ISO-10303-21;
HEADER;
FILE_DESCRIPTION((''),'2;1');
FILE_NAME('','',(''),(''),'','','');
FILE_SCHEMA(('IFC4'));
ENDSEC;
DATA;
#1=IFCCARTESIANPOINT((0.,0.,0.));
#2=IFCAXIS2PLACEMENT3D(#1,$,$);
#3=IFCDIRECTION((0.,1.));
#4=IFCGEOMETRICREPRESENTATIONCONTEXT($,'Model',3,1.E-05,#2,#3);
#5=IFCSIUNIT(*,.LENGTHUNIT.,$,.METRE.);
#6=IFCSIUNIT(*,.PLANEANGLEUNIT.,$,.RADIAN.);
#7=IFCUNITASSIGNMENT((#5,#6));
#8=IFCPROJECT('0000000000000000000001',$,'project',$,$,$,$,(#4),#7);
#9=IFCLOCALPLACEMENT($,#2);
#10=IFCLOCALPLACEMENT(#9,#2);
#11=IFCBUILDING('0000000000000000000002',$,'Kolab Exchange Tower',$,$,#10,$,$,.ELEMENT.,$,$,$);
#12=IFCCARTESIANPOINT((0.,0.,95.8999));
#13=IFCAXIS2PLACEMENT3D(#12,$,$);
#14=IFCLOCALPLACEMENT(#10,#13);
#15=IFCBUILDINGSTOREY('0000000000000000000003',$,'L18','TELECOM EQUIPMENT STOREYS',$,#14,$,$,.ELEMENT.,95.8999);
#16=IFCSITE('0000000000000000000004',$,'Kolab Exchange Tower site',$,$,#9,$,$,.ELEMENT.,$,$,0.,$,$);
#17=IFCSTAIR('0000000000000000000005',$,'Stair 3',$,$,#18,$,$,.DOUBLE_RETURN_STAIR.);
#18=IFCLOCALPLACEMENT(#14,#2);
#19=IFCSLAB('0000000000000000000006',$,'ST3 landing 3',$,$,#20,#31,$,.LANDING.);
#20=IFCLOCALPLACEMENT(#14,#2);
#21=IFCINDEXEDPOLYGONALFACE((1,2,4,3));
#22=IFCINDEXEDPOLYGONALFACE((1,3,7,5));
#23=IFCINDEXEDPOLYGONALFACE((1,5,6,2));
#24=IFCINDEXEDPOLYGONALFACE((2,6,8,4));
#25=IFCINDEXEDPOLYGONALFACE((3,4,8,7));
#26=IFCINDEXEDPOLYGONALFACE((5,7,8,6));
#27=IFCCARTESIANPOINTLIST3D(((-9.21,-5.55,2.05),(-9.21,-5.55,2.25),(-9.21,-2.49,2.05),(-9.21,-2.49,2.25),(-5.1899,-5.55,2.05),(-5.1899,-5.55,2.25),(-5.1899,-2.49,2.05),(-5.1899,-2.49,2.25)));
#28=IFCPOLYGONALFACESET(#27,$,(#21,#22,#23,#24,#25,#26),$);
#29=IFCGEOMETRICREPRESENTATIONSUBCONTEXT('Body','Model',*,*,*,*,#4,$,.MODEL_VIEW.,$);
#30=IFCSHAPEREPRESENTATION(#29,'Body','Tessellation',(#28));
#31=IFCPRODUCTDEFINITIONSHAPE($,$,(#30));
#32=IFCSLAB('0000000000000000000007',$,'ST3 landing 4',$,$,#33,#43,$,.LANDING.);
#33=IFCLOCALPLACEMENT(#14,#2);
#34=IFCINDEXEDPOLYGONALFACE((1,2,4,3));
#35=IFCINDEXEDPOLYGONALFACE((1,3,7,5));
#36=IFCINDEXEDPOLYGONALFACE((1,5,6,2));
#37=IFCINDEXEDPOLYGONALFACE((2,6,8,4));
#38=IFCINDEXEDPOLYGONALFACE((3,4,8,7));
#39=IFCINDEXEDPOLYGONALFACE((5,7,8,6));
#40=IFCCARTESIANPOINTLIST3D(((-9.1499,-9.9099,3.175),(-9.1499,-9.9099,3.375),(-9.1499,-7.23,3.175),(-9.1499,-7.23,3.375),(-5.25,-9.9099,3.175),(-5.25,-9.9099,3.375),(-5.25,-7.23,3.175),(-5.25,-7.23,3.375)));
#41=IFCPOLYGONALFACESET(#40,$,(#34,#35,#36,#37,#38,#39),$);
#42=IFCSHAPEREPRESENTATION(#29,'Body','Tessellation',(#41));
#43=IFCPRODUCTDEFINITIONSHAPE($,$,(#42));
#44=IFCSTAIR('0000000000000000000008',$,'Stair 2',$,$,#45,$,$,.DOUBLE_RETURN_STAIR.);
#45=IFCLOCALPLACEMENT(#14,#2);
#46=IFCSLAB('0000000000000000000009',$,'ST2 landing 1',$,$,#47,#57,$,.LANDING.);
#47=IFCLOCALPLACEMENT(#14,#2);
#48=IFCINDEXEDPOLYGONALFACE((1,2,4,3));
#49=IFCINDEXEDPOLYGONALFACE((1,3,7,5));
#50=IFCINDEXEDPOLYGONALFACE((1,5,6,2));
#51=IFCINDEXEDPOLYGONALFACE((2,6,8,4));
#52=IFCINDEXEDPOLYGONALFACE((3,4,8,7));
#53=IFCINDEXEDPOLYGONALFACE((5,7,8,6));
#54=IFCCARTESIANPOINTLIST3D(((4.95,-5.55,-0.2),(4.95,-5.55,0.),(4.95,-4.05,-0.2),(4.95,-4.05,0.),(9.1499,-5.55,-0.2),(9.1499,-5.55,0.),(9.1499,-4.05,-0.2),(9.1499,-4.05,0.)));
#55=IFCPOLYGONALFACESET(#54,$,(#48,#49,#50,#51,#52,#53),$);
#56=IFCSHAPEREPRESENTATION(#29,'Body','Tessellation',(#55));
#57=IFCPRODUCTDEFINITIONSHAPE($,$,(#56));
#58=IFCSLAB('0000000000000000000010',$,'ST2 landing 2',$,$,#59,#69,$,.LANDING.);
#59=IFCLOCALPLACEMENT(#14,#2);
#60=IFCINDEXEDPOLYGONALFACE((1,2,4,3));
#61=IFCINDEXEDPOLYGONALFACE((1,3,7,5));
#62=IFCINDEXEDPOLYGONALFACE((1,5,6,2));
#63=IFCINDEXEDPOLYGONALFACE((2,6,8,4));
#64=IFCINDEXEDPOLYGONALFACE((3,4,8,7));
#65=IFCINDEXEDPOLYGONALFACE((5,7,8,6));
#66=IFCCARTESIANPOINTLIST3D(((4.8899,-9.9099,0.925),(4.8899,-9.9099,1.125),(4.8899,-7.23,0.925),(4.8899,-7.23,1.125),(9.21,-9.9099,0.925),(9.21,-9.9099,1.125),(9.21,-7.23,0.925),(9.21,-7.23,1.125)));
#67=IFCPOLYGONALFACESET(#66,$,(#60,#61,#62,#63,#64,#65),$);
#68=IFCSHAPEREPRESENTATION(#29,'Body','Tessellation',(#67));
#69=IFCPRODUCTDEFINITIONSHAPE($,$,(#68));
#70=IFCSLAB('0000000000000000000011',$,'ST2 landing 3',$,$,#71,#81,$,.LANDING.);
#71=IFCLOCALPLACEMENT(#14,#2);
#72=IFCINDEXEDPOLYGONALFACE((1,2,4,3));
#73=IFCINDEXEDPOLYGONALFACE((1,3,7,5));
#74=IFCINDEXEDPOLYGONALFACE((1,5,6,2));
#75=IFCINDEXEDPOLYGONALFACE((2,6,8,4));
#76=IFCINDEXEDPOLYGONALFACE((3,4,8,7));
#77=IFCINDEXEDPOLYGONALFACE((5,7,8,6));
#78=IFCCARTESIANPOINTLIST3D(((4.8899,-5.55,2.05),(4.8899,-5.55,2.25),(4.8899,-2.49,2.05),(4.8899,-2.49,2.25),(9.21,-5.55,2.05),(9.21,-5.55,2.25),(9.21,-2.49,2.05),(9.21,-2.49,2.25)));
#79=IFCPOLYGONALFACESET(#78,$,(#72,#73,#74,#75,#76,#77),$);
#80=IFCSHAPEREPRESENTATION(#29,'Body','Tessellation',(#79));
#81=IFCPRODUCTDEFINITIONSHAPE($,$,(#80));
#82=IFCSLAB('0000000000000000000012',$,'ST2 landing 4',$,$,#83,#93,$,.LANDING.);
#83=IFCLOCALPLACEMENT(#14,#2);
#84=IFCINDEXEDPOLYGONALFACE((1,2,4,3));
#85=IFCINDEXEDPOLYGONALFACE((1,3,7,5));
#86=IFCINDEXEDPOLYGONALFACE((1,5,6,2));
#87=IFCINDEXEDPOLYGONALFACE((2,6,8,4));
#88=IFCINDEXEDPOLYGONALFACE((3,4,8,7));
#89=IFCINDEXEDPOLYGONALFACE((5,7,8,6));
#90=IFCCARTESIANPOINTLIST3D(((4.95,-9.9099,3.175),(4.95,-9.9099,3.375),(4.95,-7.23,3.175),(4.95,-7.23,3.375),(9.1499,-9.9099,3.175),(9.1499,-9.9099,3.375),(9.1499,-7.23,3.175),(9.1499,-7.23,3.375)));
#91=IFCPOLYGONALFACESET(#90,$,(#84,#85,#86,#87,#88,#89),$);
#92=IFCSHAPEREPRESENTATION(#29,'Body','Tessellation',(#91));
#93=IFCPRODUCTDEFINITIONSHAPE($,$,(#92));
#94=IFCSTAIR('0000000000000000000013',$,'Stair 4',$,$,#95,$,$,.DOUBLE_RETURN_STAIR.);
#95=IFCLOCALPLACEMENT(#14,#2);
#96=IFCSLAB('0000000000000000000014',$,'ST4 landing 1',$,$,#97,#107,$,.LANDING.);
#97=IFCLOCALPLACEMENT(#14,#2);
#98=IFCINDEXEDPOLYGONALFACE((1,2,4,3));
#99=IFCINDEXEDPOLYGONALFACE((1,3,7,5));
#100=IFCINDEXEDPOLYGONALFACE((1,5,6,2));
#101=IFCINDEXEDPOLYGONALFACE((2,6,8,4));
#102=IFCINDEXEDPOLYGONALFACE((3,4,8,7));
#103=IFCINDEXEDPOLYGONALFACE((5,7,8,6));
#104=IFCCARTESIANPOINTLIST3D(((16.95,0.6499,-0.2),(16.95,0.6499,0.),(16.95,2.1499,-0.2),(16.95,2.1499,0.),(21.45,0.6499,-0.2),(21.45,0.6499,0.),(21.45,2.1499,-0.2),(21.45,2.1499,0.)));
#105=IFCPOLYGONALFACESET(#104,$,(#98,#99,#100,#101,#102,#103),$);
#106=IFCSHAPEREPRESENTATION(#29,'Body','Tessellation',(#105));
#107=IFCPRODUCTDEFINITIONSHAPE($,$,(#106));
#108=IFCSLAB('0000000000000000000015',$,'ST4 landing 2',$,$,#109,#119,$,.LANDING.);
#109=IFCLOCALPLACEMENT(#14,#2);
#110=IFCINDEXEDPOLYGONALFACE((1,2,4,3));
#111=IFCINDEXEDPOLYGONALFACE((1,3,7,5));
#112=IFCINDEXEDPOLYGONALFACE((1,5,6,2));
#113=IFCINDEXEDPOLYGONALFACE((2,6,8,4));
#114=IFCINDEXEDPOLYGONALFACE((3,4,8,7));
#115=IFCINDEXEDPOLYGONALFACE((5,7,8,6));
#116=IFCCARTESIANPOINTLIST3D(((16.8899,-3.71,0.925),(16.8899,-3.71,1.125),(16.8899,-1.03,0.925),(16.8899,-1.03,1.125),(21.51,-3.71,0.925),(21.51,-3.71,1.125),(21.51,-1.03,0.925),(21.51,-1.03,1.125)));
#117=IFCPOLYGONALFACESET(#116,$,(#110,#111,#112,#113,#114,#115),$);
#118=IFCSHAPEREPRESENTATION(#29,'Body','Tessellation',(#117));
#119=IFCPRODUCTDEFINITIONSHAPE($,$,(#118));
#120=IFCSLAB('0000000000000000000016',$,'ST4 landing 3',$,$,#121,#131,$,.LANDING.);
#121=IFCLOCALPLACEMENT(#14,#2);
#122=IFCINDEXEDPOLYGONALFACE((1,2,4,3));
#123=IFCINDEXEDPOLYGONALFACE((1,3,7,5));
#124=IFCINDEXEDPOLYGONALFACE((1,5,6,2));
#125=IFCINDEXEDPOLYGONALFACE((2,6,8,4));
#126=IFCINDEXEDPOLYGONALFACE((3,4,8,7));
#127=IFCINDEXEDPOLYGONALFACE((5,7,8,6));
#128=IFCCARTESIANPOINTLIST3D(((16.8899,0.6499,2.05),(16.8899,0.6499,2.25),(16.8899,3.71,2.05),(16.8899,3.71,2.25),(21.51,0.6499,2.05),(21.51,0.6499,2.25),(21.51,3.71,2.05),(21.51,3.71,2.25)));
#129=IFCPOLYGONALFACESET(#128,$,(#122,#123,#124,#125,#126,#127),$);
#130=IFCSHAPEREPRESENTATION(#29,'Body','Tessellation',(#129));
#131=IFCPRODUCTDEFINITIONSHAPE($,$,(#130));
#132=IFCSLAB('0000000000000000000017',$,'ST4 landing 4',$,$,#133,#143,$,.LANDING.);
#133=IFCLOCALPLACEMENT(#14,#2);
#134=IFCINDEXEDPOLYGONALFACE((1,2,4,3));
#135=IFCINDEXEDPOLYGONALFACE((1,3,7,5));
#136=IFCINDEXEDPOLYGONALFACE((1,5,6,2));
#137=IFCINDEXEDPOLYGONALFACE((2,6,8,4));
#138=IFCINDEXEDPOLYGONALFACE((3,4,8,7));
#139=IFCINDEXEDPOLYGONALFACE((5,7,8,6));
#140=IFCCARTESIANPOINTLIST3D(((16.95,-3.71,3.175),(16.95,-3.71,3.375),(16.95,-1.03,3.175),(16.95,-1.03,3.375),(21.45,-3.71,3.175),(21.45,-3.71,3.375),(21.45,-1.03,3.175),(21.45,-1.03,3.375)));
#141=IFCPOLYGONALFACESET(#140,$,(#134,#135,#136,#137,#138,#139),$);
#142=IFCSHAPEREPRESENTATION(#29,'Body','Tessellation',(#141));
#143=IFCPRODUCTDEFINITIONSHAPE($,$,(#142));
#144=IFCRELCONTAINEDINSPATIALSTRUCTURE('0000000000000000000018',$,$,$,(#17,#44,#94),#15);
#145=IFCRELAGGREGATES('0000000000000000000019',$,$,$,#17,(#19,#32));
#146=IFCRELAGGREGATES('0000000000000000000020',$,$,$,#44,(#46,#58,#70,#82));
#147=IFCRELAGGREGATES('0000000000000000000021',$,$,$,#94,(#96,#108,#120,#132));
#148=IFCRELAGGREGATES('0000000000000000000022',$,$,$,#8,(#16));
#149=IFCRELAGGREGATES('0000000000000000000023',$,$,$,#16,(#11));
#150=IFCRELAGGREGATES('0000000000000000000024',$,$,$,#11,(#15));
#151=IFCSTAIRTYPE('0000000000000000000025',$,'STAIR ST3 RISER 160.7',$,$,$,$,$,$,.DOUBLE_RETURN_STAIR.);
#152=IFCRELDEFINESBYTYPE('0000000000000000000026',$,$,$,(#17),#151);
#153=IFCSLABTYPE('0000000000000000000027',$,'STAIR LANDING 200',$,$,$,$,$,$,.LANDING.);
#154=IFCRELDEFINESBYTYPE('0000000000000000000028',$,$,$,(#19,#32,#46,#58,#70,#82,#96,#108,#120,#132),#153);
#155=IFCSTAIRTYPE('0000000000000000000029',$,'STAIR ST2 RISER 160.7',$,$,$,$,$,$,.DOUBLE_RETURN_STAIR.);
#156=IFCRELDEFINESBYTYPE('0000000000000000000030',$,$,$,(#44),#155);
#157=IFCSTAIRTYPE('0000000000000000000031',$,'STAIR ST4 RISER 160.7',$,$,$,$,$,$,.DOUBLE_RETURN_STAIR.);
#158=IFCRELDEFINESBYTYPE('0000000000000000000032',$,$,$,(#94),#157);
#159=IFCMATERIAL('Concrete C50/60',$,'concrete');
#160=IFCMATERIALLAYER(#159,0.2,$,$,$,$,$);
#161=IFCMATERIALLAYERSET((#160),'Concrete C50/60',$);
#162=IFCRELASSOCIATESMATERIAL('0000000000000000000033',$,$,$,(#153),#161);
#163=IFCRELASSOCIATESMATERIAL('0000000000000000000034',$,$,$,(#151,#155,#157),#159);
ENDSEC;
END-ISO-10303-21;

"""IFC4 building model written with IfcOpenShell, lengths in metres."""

from ifc_helpers import new_model, si_unit, direction, frame, origin, place, context, subcontext, project, spatial, polyline, outline, extrude, material, layer, layer_set, type_object, element, aggregate, save


model = new_model("IFC4")

# Units and contexts
model_context = context("Model", 3, precision=1e-05, world=origin(), true_north=direction((0.0, 1.0)))
body_context = subcontext(model_context, "Body", "Model", "MODEL_VIEW")
ifc_project = project(units=[si_unit("LENGTHUNIT", "METRE"), si_unit("PLANEANGLEUNIT", "RADIAN")], contexts=[model_context])

# Site, building, storey
site_placement = place(None, origin())
site = spatial("IfcSite", under=ifc_project, at=site_placement, Name="Kolab Exchange Tower site", CompositionType="ELEMENT", RefElevation=0.0)
building_placement = place(site_placement, origin())
building = spatial("IfcBuilding", under=site, at=building_placement, Name="Kolab Exchange Tower", CompositionType="ELEMENT")
storey_placement = place(building_placement, frame((0.0, 0.0, 95.8999)))
storey = spatial("IfcBuildingStorey", under=building, at=storey_placement, Name="L18", Description="TELECOM EQUIPMENT STOREYS", CompositionType="ELEMENT", Elevation=95.8999)

# Stairs, slabs
ifc_material_1 = material(Name="Concrete C50/60", Category="concrete")
ifc_layer_1 = layer(ifc_material_1, 0.2)
ifc_layer_set_1 = layer_set([ifc_layer_1], Name="Concrete C50/60")
slab_type_1 = type_object("IfcSlabType", Name="STAIR LANDING 200", PredefinedType="LANDING", material=ifc_layer_set_1)
stair_type_1 = type_object("IfcStairType", Name="STAIR ST3 RISER 160.7", PredefinedType="DOUBLE_RETURN_STAIR", material=ifc_material_1)
stair_1_placement = place(storey_placement, origin())
stair_1 = element("IfcStair", 1, at=stair_1_placement, inside=storey, type_object=stair_type_1, Name="Stair 3", PredefinedType="DOUBLE_RETURN_STAIR")
slab_1_placement = place(storey_placement, frame((0.0, 0.0, 2.05)))
slab_1 = element("IfcSlab", 2, at=slab_1_placement, type_object=slab_type_1, Name="ST3 landing 3", PredefinedType="LANDING", context=body_context, shape_type="SweptSolid", body=[
    extrude(outline(polyline([(-9.21, -5.55), (-5.1899, -5.55), (-5.1899, -2.49), (-9.21, -2.49), (-9.21, -5.55)])), origin(), (0.0, 0.0, 1.0), 0.2),
])
slab_2_placement = place(storey_placement, frame((0.0, 0.0, 3.175)))
slab_2 = element("IfcSlab", 3, at=slab_2_placement, type_object=slab_type_1, Name="ST3 landing 4", PredefinedType="LANDING", context=body_context, shape_type="SweptSolid", body=[
    extrude(outline(polyline([(-9.1499, -9.9099), (-5.25, -9.9099), (-5.25, -7.23), (-9.1499, -7.23), (-9.1499, -9.9099)])), origin(), (0.0, 0.0, 1.0), 0.2),
])
aggregate(stair_1, [slab_1, slab_2])
stair_type_2 = type_object("IfcStairType", Name="STAIR ST2 RISER 160.7", PredefinedType="DOUBLE_RETURN_STAIR", material=ifc_material_1)
stair_2_placement = place(storey_placement, origin())
stair_2 = element("IfcStair", 4, at=stair_2_placement, inside=storey, type_object=stair_type_2, Name="Stair 2", PredefinedType="DOUBLE_RETURN_STAIR")
slab_3_placement = place(storey_placement, frame((0.0, 0.0, -0.2)))
slab_3 = element("IfcSlab", 5, at=slab_3_placement, type_object=slab_type_1, Name="ST2 landing 1", PredefinedType="LANDING", context=body_context, shape_type="SweptSolid", body=[
    extrude(outline(polyline([(4.95, -5.55), (9.1499, -5.55), (9.1499, -4.05), (4.95, -4.05), (4.95, -5.55)])), origin(), (0.0, 0.0, 1.0), 0.2),
])
slab_4_placement = place(storey_placement, frame((0.0, 0.0, 0.925)))
slab_4 = element("IfcSlab", 6, at=slab_4_placement, type_object=slab_type_1, Name="ST2 landing 2", PredefinedType="LANDING", context=body_context, shape_type="SweptSolid", body=[
    extrude(outline(polyline([(4.8899, -9.9099), (9.21, -9.9099), (9.21, -7.23), (4.8899, -7.23), (4.8899, -9.9099)])), origin(), (0.0, 0.0, 1.0), 0.2),
])
slab_5_placement = place(storey_placement, frame((0.0, 0.0, 2.05)))
slab_5 = element("IfcSlab", 7, at=slab_5_placement, type_object=slab_type_1, Name="ST2 landing 3", PredefinedType="LANDING", context=body_context, shape_type="SweptSolid", body=[
    extrude(outline(polyline([(4.8899, -5.55), (9.21, -5.55), (9.21, -2.49), (4.8899, -2.49), (4.8899, -5.55)])), origin(), (0.0, 0.0, 1.0), 0.2),
])
slab_6_placement = place(storey_placement, frame((0.0, 0.0, 3.175)))
slab_6 = element("IfcSlab", 8, at=slab_6_placement, type_object=slab_type_1, Name="ST2 landing 4", PredefinedType="LANDING", context=body_context, shape_type="SweptSolid", body=[
    extrude(outline(polyline([(4.95, -9.9099), (9.1499, -9.9099), (9.1499, -7.23), (4.95, -7.23), (4.95, -9.9099)])), origin(), (0.0, 0.0, 1.0), 0.2),
])
aggregate(stair_2, [slab_3, slab_4, slab_5, slab_6])
stair_type_3 = type_object("IfcStairType", Name="STAIR ST4 RISER 160.7", PredefinedType="DOUBLE_RETURN_STAIR", material=ifc_material_1)
stair_3_placement = place(storey_placement, origin())
stair_3 = element("IfcStair", 9, at=stair_3_placement, inside=storey, type_object=stair_type_3, Name="Stair 4", PredefinedType="DOUBLE_RETURN_STAIR")
slab_7_placement = place(storey_placement, frame((0.0, 0.0, -0.2)))
slab_7 = element("IfcSlab", 10, at=slab_7_placement, type_object=slab_type_1, Name="ST4 landing 1", PredefinedType="LANDING", context=body_context, shape_type="SweptSolid", body=[
    extrude(outline(polyline([(16.95, 0.6499), (21.45, 0.6499), (21.45, 2.1499), (16.95, 2.1499), (16.95, 0.6499)])), origin(), (0.0, 0.0, 1.0), 0.2),
])
slab_8_placement = place(storey_placement, frame((0.0, 0.0, 0.925)))
slab_8 = element("IfcSlab", 11, at=slab_8_placement, type_object=slab_type_1, Name="ST4 landing 2", PredefinedType="LANDING", context=body_context, shape_type="SweptSolid", body=[
    extrude(outline(polyline([(16.8899, -3.71), (21.51, -3.71), (21.51, -1.03), (16.8899, -1.03), (16.8899, -3.71)])), origin(), (0.0, 0.0, 1.0), 0.2),
])
slab_9_placement = place(storey_placement, frame((0.0, 0.0, 2.05)))
slab_9 = element("IfcSlab", 12, at=slab_9_placement, type_object=slab_type_1, Name="ST4 landing 3", PredefinedType="LANDING", context=body_context, shape_type="SweptSolid", body=[
    extrude(outline(polyline([(16.8899, 0.6499), (21.51, 0.6499), (21.51, 3.71), (16.8899, 3.71), (16.8899, 0.6499)])), origin(), (0.0, 0.0, 1.0), 0.2),
])
slab_10_placement = place(storey_placement, frame((0.0, 0.0, 3.175)))
slab_10 = element("IfcSlab", 13, at=slab_10_placement, type_object=slab_type_1, Name="ST4 landing 4", PredefinedType="LANDING", context=body_context, shape_type="SweptSolid", body=[
    extrude(outline(polyline([(16.95, -3.71), (21.45, -3.71), (21.45, -1.03), (16.95, -1.03), (16.95, -3.71)])), origin(), (0.0, 0.0, 1.0), 0.2),
])
aggregate(stair_3, [slab_7, slab_8, slab_9, slab_10])

save(model, "model.ifc")
